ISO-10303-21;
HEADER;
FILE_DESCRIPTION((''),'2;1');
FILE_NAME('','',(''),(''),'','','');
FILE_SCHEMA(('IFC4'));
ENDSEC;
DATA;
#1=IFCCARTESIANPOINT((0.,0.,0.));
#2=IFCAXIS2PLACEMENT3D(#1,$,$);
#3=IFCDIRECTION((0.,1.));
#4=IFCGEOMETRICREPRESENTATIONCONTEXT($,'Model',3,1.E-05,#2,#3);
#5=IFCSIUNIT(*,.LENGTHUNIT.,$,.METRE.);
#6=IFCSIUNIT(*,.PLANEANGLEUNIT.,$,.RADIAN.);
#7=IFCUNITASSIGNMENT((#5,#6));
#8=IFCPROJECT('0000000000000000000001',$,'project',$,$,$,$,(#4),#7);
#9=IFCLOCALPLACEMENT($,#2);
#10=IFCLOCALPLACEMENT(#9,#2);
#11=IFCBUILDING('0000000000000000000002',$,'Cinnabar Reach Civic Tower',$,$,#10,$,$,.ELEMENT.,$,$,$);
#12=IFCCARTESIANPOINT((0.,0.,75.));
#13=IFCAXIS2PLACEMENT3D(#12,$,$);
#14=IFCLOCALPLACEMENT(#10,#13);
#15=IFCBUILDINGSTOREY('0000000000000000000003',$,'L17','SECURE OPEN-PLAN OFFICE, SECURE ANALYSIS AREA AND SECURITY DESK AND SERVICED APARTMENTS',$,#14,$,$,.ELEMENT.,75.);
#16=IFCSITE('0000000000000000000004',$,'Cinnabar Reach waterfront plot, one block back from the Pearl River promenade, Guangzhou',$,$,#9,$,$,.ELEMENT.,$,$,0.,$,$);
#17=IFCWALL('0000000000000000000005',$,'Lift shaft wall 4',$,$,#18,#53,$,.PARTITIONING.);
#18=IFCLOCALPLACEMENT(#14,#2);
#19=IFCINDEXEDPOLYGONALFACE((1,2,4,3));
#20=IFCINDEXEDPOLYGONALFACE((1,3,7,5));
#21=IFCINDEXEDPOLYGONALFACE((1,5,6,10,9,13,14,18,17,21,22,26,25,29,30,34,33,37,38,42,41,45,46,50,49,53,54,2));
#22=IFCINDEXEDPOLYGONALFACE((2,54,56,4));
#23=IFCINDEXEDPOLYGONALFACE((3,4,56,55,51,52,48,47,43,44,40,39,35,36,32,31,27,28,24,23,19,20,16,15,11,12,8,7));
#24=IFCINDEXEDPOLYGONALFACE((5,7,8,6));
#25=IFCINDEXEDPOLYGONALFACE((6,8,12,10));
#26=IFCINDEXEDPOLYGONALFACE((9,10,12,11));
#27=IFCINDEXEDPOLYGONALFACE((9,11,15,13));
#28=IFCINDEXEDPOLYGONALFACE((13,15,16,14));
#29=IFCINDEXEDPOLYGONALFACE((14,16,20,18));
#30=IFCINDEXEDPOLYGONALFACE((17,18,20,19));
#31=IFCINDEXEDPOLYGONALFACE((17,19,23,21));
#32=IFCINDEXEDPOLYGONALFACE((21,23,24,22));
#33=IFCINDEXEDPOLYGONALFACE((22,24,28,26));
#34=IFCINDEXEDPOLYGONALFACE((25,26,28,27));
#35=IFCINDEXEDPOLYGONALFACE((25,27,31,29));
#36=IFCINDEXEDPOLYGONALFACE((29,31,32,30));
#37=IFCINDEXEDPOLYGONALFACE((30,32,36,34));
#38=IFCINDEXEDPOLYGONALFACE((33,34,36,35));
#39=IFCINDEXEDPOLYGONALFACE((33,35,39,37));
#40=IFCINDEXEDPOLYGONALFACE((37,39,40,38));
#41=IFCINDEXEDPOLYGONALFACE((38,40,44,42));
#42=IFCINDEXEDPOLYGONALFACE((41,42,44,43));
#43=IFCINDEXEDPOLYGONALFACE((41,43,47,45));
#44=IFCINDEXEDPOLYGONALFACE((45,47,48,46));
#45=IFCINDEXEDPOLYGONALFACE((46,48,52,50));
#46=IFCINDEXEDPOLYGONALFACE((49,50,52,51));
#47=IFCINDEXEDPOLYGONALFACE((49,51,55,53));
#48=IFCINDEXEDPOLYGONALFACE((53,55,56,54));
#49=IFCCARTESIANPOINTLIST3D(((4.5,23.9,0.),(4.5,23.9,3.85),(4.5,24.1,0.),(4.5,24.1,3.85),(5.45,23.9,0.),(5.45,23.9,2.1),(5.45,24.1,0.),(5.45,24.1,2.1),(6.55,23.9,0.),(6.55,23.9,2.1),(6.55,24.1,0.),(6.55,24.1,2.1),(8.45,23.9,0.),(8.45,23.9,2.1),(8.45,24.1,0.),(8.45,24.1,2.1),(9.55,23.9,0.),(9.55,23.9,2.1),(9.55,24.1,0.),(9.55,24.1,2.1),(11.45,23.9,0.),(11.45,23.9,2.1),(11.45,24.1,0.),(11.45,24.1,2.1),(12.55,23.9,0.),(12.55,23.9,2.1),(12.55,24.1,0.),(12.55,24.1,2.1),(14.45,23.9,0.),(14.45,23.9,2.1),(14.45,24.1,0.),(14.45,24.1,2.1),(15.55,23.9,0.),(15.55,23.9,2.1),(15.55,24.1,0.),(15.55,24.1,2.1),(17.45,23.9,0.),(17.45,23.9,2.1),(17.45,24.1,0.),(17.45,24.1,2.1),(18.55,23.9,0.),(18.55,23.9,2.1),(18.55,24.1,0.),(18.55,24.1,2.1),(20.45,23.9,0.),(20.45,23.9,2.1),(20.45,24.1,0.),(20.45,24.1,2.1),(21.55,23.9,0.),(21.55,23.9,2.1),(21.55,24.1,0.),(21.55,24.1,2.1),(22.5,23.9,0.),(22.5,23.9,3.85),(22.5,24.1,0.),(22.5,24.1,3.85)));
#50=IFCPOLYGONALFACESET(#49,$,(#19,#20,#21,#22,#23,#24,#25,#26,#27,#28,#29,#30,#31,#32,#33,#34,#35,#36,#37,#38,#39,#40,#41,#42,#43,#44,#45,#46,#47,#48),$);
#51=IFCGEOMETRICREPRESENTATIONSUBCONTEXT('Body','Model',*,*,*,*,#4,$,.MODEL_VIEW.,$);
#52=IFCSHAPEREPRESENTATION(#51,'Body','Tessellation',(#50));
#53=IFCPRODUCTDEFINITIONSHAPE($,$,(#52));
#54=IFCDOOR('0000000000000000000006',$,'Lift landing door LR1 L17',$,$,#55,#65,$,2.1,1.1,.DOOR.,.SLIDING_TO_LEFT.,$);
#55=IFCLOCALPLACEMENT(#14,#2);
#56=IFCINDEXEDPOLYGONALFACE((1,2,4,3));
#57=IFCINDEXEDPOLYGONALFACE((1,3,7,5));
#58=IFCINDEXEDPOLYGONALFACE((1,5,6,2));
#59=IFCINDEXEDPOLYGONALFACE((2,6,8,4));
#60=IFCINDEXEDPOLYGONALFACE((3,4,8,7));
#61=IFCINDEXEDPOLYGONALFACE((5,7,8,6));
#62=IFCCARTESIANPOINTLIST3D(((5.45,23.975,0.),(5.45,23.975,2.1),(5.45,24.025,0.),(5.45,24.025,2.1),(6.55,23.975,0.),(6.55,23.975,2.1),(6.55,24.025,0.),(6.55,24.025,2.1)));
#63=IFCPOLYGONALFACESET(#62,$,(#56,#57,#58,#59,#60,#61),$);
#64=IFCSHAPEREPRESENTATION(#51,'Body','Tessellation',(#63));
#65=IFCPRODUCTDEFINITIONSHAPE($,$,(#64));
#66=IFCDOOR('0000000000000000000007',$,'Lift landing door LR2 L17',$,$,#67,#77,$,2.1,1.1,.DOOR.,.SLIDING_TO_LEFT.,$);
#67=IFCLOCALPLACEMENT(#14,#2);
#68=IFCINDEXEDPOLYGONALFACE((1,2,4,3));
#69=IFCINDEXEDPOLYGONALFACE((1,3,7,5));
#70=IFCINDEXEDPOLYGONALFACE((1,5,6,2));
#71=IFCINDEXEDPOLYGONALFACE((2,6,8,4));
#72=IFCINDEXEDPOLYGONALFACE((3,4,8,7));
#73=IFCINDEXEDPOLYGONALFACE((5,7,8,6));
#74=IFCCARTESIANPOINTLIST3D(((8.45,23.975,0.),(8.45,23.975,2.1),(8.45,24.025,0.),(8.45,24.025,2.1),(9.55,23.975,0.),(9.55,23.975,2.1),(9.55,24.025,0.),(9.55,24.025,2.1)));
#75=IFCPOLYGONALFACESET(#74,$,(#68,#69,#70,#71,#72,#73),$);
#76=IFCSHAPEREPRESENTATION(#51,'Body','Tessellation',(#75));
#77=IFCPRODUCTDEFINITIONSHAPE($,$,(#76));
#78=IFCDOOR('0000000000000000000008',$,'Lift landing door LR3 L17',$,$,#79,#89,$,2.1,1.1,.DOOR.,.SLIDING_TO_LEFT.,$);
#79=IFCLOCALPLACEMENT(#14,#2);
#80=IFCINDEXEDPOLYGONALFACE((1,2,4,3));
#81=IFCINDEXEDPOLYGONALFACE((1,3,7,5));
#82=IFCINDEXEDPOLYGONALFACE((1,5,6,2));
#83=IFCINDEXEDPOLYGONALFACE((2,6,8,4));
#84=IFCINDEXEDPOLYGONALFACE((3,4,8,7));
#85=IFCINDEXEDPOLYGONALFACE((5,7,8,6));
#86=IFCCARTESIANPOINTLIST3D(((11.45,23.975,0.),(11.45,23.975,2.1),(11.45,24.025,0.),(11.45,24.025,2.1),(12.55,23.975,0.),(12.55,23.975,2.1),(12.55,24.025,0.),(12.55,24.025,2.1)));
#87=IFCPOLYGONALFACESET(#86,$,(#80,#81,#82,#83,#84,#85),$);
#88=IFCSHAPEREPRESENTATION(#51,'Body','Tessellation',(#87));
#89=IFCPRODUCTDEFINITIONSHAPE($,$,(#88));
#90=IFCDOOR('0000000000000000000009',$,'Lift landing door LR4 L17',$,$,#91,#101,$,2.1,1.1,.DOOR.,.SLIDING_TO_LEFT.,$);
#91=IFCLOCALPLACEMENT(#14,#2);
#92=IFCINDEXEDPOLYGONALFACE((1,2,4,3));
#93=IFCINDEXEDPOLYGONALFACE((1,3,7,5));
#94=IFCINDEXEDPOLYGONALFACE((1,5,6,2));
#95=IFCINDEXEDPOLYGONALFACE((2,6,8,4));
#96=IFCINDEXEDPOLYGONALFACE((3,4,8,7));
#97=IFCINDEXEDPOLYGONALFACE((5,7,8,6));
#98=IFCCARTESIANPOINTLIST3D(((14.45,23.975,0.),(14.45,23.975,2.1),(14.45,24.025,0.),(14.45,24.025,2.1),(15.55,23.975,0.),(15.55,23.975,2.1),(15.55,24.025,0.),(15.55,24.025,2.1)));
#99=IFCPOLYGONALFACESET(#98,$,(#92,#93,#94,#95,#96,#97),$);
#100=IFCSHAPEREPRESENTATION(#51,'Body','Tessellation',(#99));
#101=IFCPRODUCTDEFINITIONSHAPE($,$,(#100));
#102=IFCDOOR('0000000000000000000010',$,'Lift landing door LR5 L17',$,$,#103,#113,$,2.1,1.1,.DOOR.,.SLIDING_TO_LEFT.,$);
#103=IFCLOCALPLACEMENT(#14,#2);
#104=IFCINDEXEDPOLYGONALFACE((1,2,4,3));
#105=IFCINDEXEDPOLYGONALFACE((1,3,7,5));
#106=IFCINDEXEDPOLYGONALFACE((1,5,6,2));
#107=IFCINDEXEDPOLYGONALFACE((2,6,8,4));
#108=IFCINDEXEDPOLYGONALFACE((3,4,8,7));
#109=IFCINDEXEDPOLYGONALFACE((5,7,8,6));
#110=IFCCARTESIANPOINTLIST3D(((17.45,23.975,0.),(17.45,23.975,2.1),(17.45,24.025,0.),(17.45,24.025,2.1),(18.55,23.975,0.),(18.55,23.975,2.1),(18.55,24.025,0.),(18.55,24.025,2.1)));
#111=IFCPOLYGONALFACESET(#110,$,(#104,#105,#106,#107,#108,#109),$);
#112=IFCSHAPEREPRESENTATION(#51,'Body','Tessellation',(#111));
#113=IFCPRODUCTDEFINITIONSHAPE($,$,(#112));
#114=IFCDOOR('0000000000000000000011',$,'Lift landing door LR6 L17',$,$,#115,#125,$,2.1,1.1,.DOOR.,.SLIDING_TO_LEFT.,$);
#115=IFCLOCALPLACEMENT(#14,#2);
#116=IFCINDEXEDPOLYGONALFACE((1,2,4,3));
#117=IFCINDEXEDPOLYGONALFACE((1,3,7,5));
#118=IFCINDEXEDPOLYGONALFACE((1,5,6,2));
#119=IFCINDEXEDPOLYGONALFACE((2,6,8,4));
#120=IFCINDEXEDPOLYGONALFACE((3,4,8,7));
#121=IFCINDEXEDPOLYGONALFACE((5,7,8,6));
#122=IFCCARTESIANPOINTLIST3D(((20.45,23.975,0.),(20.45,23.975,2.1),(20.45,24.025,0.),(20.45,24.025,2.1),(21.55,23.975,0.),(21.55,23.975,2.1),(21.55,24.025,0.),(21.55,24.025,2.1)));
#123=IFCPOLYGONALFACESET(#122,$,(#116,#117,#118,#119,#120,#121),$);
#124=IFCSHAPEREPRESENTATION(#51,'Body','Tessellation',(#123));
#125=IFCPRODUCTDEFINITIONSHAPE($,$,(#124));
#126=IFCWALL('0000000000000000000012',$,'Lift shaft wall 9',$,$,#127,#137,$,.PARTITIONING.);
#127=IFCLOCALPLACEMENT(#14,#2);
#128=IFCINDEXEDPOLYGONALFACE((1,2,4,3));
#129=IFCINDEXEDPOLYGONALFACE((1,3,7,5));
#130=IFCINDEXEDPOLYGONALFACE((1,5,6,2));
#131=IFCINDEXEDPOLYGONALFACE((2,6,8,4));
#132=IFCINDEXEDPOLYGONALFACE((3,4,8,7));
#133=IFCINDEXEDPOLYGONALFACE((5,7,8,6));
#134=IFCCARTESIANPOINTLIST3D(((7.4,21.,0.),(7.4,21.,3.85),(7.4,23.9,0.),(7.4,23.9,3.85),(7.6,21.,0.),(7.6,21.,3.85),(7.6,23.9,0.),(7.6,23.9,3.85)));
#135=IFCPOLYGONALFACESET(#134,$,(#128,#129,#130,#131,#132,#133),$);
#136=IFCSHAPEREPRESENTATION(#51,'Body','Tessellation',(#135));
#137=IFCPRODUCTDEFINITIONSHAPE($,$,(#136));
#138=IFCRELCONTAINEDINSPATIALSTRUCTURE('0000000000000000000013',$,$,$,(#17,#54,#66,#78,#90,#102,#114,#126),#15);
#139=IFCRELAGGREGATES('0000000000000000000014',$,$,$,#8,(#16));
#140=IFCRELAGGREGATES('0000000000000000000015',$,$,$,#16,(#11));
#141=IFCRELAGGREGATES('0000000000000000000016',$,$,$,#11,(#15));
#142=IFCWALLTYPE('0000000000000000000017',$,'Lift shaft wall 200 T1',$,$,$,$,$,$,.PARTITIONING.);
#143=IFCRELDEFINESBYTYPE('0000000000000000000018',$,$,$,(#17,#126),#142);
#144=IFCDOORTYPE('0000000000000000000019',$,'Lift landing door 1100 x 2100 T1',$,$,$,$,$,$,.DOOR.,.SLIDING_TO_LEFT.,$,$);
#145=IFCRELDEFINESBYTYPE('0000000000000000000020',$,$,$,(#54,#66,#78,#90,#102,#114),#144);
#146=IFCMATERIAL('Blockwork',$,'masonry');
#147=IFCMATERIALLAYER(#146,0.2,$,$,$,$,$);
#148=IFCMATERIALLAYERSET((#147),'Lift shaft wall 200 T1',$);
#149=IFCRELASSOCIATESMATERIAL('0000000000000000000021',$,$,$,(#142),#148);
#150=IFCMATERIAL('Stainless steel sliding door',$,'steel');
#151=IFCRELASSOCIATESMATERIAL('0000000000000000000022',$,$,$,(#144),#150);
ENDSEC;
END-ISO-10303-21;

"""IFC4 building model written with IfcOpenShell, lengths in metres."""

from ifc_helpers import new_model, si_unit, direction, frame, frame_2d, origin, place, context, subcontext, project, spatial, rectangle, extrude, material, layer, layer_set, type_object, element, fill, save


model = new_model("IFC4")

# Units and contexts
model_context = context("Model", 3, precision=1e-05, world=origin(), true_north=direction((0.0, 1.0)))
body_context = subcontext(model_context, "Body", "Model", "MODEL_VIEW")
ifc_project = project(units=[si_unit("LENGTHUNIT", "METRE"), si_unit("PLANEANGLEUNIT", "RADIAN")], contexts=[model_context])

# Site, building, storey
site_placement = place(None, origin())
site = spatial("IfcSite", under=ifc_project, at=site_placement, Name="Cinnabar Reach waterfront plot, one block back from the Pearl River promenade, Guangzhou", CompositionType="ELEMENT", RefElevation=0.0)
building_placement = place(site_placement, origin())
building = spatial("IfcBuilding", under=site, at=building_placement, Name="Cinnabar Reach Civic Tower", CompositionType="ELEMENT")
storey_placement = place(building_placement, frame((0.0, 0.0, 75.0)))
storey = spatial("IfcBuildingStorey", under=building, at=storey_placement, Name="L17", Description="SECURE OPEN-PLAN OFFICE, SECURE ANALYSIS AREA AND SECURITY DESK AND SERVICED APARTMENTS", CompositionType="ELEMENT", Elevation=75.0)

# Wall, openings, doors
ifc_material_1 = material(Name="Blockwork", Category="masonry")
ifc_layer_1 = layer(ifc_material_1, 0.2)
ifc_layer_set_1 = layer_set([ifc_layer_1], Name="Lift shaft wall 200 T1")
wall_type_1 = type_object("IfcWallType", Name="Lift shaft wall 200 T1", PredefinedType="PARTITIONING", material=ifc_layer_set_1)
wall_1_placement = place(storey_placement, frame((4.5, 24.0, 0.0), z_axis=(0.0, 0.0, 1.0), x_axis=(1.0, 0.0, 0.0)))
wall_1 = element("IfcWall", 1, at=wall_1_placement, inside=storey, type_object=wall_type_1, Name="Lift shaft wall 4", PredefinedType="PARTITIONING", context=body_context, shape_type="SweptSolid", body=[
    extrude(rectangle(XDim=18.0, YDim=0.2, at=frame_2d((9.0, 0.0))), origin(), (0.0, 0.0, 1.0), 3.85),
])
opening_1_placement = place(wall_1_placement, frame((0.95, 0.0, 0.0)))
opening_1 = element("IfcOpeningElement", 2, at=opening_1_placement, cuts=wall_1, PredefinedType="OPENING", context=body_context, shape_type="SweptSolid", body=[
    extrude(rectangle(XDim=1.1, YDim=2.1, at=frame_2d((0.55, 1.05))), frame((0.0, 0.11, 0.0), z_axis=(0.0, -1.0, 0.0), x_axis=(1.0, 0.0, 0.0)), (0.0, 0.0, 1.0), 0.22),
])
opening_2_placement = place(wall_1_placement, frame((3.95, 0.0, 0.0)))
opening_2 = element("IfcOpeningElement", 3, at=opening_2_placement, cuts=wall_1, PredefinedType="OPENING", context=body_context, shape_type="SweptSolid", body=[
    extrude(rectangle(XDim=1.1, YDim=2.1, at=frame_2d((0.55, 1.05))), frame((0.0, 0.11, 0.0), z_axis=(0.0, -1.0, 0.0), x_axis=(1.0, 0.0, 0.0)), (0.0, 0.0, 1.0), 0.22),
])
opening_3_placement = place(wall_1_placement, frame((6.95, 0.0, 0.0)))
opening_3 = element("IfcOpeningElement", 4, at=opening_3_placement, cuts=wall_1, PredefinedType="OPENING", context=body_context, shape_type="SweptSolid", body=[
    extrude(rectangle(XDim=1.1, YDim=2.1, at=frame_2d((0.55, 1.05))), frame((0.0, 0.11, 0.0), z_axis=(0.0, -1.0, 0.0), x_axis=(1.0, 0.0, 0.0)), (0.0, 0.0, 1.0), 0.22),
])
opening_4_placement = place(wall_1_placement, frame((9.95, 0.0, 0.0)))
opening_4 = element("IfcOpeningElement", 5, at=opening_4_placement, cuts=wall_1, PredefinedType="OPENING", context=body_context, shape_type="SweptSolid", body=[
    extrude(rectangle(XDim=1.1, YDim=2.1, at=frame_2d((0.55, 1.05))), frame((0.0, 0.11, 0.0), z_axis=(0.0, -1.0, 0.0), x_axis=(1.0, 0.0, 0.0)), (0.0, 0.0, 1.0), 0.22),
])
opening_5_placement = place(wall_1_placement, frame((12.95, 0.0, 0.0)))
opening_5 = element("IfcOpeningElement", 6, at=opening_5_placement, cuts=wall_1, PredefinedType="OPENING", context=body_context, shape_type="SweptSolid", body=[
    extrude(rectangle(XDim=1.1, YDim=2.1, at=frame_2d((0.55, 1.05))), frame((0.0, 0.11, 0.0), z_axis=(0.0, -1.0, 0.0), x_axis=(1.0, 0.0, 0.0)), (0.0, 0.0, 1.0), 0.22),
])
opening_6_placement = place(wall_1_placement, frame((15.95, 0.0, 0.0)))
opening_6 = element("IfcOpeningElement", 7, at=opening_6_placement, cuts=wall_1, PredefinedType="OPENING", context=body_context, shape_type="SweptSolid", body=[
    extrude(rectangle(XDim=1.1, YDim=2.1, at=frame_2d((0.55, 1.05))), frame((0.0, 0.11, 0.0), z_axis=(0.0, -1.0, 0.0), x_axis=(1.0, 0.0, 0.0)), (0.0, 0.0, 1.0), 0.22),
])
ifc_material_2 = material(Name="Stainless steel sliding door", Category="steel")
door_type = type_object("IfcDoorType", Name="Lift landing door 1100 x 2100 T1", OperationType="SLIDING_TO_LEFT", PredefinedType="DOOR", material=ifc_material_2)
door_1_placement = place(opening_1_placement, origin())
door_1 = element("IfcDoor", 8, at=door_1_placement, inside=storey, type_object=door_type, Name="Lift landing door LR1 L17", OperationType="SLIDING_TO_LEFT", OverallHeight=2.1, OverallWidth=1.1, PredefinedType="DOOR", context=body_context, shape_type="SweptSolid", body=[
    extrude(rectangle(XDim=1.1, YDim=2.1, at=frame_2d((0.55, 1.05))), frame((0.0, 0.025, 0.0), z_axis=(0.0, -1.0, 0.0), x_axis=(1.0, 0.0, 0.0)), (0.0, 0.0, 1.0), 0.05),
])
fill(opening_1, door_1)
door_2_placement = place(opening_2_placement, origin())
door_2 = element("IfcDoor", 9, at=door_2_placement, inside=storey, type_object=door_type, Name="Lift landing door LR2 L17", OperationType="SLIDING_TO_LEFT", OverallHeight=2.1, OverallWidth=1.1, PredefinedType="DOOR", context=body_context, shape_type="SweptSolid", body=[
    extrude(rectangle(XDim=1.1, YDim=2.1, at=frame_2d((0.55, 1.05))), frame((0.0, 0.025, 0.0), z_axis=(0.0, -1.0, 0.0), x_axis=(1.0, 0.0, 0.0)), (0.0, 0.0, 1.0), 0.05),
])
fill(opening_2, door_2)
door_3_placement = place(opening_3_placement, origin())
door_3 = element("IfcDoor", 10, at=door_3_placement, inside=storey, type_object=door_type, Name="Lift landing door LR3 L17", OperationType="SLIDING_TO_LEFT", OverallHeight=2.1, OverallWidth=1.1, PredefinedType="DOOR", context=body_context, shape_type="SweptSolid", body=[
    extrude(rectangle(XDim=1.1, YDim=2.1, at=frame_2d((0.55, 1.05))), frame((0.0, 0.025, 0.0), z_axis=(0.0, -1.0, 0.0), x_axis=(1.0, 0.0, 0.0)), (0.0, 0.0, 1.0), 0.05),
])
fill(opening_3, door_3)
door_4_placement = place(opening_4_placement, origin())
door_4 = element("IfcDoor", 11, at=door_4_placement, inside=storey, type_object=door_type, Name="Lift landing door LR4 L17", OperationType="SLIDING_TO_LEFT", OverallHeight=2.1, OverallWidth=1.1, PredefinedType="DOOR", context=body_context, shape_type="SweptSolid", body=[
    extrude(rectangle(XDim=1.1, YDim=2.1, at=frame_2d((0.55, 1.05))), frame((0.0, 0.025, 0.0), z_axis=(0.0, -1.0, 0.0), x_axis=(1.0, 0.0, 0.0)), (0.0, 0.0, 1.0), 0.05),
])
fill(opening_4, door_4)
door_5_placement = place(opening_5_placement, origin())
door_5 = element("IfcDoor", 12, at=door_5_placement, inside=storey, type_object=door_type, Name="Lift landing door LR5 L17", OperationType="SLIDING_TO_LEFT", OverallHeight=2.1, OverallWidth=1.1, PredefinedType="DOOR", context=body_context, shape_type="SweptSolid", body=[
    extrude(rectangle(XDim=1.1, YDim=2.1, at=frame_2d((0.55, 1.05))), frame((0.0, 0.025, 0.0), z_axis=(0.0, -1.0, 0.0), x_axis=(1.0, 0.0, 0.0)), (0.0, 0.0, 1.0), 0.05),
])
fill(opening_5, door_5)
door_6_placement = place(opening_6_placement, origin())
door_6 = element("IfcDoor", 13, at=door_6_placement, inside=storey, type_object=door_type, Name="Lift landing door LR6 L17", OperationType="SLIDING_TO_LEFT", OverallHeight=2.1, OverallWidth=1.1, PredefinedType="DOOR", context=body_context, shape_type="SweptSolid", body=[
    extrude(rectangle(XDim=1.1, YDim=2.1, at=frame_2d((0.55, 1.05))), frame((0.0, 0.025, 0.0), z_axis=(0.0, -1.0, 0.0), x_axis=(1.0, 0.0, 0.0)), (0.0, 0.0, 1.0), 0.05),
])
fill(opening_6, door_6)

# Wall
wall_2_placement = place(storey_placement, frame((7.5, 21.0, 0.0), z_axis=(0.0, 0.0, 1.0), x_axis=(0.0, 1.0, 0.0)))
element("IfcWall", 14, at=wall_2_placement, inside=storey, type_object=wall_type_1, Name="Lift shaft wall 9", PredefinedType="PARTITIONING", context=body_context, shape_type="SweptSolid", body=[
    extrude(rectangle(XDim=2.9, YDim=0.2, at=frame_2d((1.45, 0.0))), origin(), (0.0, 0.0, 1.0), 3.85),
])

save(model, "model.ifc")
